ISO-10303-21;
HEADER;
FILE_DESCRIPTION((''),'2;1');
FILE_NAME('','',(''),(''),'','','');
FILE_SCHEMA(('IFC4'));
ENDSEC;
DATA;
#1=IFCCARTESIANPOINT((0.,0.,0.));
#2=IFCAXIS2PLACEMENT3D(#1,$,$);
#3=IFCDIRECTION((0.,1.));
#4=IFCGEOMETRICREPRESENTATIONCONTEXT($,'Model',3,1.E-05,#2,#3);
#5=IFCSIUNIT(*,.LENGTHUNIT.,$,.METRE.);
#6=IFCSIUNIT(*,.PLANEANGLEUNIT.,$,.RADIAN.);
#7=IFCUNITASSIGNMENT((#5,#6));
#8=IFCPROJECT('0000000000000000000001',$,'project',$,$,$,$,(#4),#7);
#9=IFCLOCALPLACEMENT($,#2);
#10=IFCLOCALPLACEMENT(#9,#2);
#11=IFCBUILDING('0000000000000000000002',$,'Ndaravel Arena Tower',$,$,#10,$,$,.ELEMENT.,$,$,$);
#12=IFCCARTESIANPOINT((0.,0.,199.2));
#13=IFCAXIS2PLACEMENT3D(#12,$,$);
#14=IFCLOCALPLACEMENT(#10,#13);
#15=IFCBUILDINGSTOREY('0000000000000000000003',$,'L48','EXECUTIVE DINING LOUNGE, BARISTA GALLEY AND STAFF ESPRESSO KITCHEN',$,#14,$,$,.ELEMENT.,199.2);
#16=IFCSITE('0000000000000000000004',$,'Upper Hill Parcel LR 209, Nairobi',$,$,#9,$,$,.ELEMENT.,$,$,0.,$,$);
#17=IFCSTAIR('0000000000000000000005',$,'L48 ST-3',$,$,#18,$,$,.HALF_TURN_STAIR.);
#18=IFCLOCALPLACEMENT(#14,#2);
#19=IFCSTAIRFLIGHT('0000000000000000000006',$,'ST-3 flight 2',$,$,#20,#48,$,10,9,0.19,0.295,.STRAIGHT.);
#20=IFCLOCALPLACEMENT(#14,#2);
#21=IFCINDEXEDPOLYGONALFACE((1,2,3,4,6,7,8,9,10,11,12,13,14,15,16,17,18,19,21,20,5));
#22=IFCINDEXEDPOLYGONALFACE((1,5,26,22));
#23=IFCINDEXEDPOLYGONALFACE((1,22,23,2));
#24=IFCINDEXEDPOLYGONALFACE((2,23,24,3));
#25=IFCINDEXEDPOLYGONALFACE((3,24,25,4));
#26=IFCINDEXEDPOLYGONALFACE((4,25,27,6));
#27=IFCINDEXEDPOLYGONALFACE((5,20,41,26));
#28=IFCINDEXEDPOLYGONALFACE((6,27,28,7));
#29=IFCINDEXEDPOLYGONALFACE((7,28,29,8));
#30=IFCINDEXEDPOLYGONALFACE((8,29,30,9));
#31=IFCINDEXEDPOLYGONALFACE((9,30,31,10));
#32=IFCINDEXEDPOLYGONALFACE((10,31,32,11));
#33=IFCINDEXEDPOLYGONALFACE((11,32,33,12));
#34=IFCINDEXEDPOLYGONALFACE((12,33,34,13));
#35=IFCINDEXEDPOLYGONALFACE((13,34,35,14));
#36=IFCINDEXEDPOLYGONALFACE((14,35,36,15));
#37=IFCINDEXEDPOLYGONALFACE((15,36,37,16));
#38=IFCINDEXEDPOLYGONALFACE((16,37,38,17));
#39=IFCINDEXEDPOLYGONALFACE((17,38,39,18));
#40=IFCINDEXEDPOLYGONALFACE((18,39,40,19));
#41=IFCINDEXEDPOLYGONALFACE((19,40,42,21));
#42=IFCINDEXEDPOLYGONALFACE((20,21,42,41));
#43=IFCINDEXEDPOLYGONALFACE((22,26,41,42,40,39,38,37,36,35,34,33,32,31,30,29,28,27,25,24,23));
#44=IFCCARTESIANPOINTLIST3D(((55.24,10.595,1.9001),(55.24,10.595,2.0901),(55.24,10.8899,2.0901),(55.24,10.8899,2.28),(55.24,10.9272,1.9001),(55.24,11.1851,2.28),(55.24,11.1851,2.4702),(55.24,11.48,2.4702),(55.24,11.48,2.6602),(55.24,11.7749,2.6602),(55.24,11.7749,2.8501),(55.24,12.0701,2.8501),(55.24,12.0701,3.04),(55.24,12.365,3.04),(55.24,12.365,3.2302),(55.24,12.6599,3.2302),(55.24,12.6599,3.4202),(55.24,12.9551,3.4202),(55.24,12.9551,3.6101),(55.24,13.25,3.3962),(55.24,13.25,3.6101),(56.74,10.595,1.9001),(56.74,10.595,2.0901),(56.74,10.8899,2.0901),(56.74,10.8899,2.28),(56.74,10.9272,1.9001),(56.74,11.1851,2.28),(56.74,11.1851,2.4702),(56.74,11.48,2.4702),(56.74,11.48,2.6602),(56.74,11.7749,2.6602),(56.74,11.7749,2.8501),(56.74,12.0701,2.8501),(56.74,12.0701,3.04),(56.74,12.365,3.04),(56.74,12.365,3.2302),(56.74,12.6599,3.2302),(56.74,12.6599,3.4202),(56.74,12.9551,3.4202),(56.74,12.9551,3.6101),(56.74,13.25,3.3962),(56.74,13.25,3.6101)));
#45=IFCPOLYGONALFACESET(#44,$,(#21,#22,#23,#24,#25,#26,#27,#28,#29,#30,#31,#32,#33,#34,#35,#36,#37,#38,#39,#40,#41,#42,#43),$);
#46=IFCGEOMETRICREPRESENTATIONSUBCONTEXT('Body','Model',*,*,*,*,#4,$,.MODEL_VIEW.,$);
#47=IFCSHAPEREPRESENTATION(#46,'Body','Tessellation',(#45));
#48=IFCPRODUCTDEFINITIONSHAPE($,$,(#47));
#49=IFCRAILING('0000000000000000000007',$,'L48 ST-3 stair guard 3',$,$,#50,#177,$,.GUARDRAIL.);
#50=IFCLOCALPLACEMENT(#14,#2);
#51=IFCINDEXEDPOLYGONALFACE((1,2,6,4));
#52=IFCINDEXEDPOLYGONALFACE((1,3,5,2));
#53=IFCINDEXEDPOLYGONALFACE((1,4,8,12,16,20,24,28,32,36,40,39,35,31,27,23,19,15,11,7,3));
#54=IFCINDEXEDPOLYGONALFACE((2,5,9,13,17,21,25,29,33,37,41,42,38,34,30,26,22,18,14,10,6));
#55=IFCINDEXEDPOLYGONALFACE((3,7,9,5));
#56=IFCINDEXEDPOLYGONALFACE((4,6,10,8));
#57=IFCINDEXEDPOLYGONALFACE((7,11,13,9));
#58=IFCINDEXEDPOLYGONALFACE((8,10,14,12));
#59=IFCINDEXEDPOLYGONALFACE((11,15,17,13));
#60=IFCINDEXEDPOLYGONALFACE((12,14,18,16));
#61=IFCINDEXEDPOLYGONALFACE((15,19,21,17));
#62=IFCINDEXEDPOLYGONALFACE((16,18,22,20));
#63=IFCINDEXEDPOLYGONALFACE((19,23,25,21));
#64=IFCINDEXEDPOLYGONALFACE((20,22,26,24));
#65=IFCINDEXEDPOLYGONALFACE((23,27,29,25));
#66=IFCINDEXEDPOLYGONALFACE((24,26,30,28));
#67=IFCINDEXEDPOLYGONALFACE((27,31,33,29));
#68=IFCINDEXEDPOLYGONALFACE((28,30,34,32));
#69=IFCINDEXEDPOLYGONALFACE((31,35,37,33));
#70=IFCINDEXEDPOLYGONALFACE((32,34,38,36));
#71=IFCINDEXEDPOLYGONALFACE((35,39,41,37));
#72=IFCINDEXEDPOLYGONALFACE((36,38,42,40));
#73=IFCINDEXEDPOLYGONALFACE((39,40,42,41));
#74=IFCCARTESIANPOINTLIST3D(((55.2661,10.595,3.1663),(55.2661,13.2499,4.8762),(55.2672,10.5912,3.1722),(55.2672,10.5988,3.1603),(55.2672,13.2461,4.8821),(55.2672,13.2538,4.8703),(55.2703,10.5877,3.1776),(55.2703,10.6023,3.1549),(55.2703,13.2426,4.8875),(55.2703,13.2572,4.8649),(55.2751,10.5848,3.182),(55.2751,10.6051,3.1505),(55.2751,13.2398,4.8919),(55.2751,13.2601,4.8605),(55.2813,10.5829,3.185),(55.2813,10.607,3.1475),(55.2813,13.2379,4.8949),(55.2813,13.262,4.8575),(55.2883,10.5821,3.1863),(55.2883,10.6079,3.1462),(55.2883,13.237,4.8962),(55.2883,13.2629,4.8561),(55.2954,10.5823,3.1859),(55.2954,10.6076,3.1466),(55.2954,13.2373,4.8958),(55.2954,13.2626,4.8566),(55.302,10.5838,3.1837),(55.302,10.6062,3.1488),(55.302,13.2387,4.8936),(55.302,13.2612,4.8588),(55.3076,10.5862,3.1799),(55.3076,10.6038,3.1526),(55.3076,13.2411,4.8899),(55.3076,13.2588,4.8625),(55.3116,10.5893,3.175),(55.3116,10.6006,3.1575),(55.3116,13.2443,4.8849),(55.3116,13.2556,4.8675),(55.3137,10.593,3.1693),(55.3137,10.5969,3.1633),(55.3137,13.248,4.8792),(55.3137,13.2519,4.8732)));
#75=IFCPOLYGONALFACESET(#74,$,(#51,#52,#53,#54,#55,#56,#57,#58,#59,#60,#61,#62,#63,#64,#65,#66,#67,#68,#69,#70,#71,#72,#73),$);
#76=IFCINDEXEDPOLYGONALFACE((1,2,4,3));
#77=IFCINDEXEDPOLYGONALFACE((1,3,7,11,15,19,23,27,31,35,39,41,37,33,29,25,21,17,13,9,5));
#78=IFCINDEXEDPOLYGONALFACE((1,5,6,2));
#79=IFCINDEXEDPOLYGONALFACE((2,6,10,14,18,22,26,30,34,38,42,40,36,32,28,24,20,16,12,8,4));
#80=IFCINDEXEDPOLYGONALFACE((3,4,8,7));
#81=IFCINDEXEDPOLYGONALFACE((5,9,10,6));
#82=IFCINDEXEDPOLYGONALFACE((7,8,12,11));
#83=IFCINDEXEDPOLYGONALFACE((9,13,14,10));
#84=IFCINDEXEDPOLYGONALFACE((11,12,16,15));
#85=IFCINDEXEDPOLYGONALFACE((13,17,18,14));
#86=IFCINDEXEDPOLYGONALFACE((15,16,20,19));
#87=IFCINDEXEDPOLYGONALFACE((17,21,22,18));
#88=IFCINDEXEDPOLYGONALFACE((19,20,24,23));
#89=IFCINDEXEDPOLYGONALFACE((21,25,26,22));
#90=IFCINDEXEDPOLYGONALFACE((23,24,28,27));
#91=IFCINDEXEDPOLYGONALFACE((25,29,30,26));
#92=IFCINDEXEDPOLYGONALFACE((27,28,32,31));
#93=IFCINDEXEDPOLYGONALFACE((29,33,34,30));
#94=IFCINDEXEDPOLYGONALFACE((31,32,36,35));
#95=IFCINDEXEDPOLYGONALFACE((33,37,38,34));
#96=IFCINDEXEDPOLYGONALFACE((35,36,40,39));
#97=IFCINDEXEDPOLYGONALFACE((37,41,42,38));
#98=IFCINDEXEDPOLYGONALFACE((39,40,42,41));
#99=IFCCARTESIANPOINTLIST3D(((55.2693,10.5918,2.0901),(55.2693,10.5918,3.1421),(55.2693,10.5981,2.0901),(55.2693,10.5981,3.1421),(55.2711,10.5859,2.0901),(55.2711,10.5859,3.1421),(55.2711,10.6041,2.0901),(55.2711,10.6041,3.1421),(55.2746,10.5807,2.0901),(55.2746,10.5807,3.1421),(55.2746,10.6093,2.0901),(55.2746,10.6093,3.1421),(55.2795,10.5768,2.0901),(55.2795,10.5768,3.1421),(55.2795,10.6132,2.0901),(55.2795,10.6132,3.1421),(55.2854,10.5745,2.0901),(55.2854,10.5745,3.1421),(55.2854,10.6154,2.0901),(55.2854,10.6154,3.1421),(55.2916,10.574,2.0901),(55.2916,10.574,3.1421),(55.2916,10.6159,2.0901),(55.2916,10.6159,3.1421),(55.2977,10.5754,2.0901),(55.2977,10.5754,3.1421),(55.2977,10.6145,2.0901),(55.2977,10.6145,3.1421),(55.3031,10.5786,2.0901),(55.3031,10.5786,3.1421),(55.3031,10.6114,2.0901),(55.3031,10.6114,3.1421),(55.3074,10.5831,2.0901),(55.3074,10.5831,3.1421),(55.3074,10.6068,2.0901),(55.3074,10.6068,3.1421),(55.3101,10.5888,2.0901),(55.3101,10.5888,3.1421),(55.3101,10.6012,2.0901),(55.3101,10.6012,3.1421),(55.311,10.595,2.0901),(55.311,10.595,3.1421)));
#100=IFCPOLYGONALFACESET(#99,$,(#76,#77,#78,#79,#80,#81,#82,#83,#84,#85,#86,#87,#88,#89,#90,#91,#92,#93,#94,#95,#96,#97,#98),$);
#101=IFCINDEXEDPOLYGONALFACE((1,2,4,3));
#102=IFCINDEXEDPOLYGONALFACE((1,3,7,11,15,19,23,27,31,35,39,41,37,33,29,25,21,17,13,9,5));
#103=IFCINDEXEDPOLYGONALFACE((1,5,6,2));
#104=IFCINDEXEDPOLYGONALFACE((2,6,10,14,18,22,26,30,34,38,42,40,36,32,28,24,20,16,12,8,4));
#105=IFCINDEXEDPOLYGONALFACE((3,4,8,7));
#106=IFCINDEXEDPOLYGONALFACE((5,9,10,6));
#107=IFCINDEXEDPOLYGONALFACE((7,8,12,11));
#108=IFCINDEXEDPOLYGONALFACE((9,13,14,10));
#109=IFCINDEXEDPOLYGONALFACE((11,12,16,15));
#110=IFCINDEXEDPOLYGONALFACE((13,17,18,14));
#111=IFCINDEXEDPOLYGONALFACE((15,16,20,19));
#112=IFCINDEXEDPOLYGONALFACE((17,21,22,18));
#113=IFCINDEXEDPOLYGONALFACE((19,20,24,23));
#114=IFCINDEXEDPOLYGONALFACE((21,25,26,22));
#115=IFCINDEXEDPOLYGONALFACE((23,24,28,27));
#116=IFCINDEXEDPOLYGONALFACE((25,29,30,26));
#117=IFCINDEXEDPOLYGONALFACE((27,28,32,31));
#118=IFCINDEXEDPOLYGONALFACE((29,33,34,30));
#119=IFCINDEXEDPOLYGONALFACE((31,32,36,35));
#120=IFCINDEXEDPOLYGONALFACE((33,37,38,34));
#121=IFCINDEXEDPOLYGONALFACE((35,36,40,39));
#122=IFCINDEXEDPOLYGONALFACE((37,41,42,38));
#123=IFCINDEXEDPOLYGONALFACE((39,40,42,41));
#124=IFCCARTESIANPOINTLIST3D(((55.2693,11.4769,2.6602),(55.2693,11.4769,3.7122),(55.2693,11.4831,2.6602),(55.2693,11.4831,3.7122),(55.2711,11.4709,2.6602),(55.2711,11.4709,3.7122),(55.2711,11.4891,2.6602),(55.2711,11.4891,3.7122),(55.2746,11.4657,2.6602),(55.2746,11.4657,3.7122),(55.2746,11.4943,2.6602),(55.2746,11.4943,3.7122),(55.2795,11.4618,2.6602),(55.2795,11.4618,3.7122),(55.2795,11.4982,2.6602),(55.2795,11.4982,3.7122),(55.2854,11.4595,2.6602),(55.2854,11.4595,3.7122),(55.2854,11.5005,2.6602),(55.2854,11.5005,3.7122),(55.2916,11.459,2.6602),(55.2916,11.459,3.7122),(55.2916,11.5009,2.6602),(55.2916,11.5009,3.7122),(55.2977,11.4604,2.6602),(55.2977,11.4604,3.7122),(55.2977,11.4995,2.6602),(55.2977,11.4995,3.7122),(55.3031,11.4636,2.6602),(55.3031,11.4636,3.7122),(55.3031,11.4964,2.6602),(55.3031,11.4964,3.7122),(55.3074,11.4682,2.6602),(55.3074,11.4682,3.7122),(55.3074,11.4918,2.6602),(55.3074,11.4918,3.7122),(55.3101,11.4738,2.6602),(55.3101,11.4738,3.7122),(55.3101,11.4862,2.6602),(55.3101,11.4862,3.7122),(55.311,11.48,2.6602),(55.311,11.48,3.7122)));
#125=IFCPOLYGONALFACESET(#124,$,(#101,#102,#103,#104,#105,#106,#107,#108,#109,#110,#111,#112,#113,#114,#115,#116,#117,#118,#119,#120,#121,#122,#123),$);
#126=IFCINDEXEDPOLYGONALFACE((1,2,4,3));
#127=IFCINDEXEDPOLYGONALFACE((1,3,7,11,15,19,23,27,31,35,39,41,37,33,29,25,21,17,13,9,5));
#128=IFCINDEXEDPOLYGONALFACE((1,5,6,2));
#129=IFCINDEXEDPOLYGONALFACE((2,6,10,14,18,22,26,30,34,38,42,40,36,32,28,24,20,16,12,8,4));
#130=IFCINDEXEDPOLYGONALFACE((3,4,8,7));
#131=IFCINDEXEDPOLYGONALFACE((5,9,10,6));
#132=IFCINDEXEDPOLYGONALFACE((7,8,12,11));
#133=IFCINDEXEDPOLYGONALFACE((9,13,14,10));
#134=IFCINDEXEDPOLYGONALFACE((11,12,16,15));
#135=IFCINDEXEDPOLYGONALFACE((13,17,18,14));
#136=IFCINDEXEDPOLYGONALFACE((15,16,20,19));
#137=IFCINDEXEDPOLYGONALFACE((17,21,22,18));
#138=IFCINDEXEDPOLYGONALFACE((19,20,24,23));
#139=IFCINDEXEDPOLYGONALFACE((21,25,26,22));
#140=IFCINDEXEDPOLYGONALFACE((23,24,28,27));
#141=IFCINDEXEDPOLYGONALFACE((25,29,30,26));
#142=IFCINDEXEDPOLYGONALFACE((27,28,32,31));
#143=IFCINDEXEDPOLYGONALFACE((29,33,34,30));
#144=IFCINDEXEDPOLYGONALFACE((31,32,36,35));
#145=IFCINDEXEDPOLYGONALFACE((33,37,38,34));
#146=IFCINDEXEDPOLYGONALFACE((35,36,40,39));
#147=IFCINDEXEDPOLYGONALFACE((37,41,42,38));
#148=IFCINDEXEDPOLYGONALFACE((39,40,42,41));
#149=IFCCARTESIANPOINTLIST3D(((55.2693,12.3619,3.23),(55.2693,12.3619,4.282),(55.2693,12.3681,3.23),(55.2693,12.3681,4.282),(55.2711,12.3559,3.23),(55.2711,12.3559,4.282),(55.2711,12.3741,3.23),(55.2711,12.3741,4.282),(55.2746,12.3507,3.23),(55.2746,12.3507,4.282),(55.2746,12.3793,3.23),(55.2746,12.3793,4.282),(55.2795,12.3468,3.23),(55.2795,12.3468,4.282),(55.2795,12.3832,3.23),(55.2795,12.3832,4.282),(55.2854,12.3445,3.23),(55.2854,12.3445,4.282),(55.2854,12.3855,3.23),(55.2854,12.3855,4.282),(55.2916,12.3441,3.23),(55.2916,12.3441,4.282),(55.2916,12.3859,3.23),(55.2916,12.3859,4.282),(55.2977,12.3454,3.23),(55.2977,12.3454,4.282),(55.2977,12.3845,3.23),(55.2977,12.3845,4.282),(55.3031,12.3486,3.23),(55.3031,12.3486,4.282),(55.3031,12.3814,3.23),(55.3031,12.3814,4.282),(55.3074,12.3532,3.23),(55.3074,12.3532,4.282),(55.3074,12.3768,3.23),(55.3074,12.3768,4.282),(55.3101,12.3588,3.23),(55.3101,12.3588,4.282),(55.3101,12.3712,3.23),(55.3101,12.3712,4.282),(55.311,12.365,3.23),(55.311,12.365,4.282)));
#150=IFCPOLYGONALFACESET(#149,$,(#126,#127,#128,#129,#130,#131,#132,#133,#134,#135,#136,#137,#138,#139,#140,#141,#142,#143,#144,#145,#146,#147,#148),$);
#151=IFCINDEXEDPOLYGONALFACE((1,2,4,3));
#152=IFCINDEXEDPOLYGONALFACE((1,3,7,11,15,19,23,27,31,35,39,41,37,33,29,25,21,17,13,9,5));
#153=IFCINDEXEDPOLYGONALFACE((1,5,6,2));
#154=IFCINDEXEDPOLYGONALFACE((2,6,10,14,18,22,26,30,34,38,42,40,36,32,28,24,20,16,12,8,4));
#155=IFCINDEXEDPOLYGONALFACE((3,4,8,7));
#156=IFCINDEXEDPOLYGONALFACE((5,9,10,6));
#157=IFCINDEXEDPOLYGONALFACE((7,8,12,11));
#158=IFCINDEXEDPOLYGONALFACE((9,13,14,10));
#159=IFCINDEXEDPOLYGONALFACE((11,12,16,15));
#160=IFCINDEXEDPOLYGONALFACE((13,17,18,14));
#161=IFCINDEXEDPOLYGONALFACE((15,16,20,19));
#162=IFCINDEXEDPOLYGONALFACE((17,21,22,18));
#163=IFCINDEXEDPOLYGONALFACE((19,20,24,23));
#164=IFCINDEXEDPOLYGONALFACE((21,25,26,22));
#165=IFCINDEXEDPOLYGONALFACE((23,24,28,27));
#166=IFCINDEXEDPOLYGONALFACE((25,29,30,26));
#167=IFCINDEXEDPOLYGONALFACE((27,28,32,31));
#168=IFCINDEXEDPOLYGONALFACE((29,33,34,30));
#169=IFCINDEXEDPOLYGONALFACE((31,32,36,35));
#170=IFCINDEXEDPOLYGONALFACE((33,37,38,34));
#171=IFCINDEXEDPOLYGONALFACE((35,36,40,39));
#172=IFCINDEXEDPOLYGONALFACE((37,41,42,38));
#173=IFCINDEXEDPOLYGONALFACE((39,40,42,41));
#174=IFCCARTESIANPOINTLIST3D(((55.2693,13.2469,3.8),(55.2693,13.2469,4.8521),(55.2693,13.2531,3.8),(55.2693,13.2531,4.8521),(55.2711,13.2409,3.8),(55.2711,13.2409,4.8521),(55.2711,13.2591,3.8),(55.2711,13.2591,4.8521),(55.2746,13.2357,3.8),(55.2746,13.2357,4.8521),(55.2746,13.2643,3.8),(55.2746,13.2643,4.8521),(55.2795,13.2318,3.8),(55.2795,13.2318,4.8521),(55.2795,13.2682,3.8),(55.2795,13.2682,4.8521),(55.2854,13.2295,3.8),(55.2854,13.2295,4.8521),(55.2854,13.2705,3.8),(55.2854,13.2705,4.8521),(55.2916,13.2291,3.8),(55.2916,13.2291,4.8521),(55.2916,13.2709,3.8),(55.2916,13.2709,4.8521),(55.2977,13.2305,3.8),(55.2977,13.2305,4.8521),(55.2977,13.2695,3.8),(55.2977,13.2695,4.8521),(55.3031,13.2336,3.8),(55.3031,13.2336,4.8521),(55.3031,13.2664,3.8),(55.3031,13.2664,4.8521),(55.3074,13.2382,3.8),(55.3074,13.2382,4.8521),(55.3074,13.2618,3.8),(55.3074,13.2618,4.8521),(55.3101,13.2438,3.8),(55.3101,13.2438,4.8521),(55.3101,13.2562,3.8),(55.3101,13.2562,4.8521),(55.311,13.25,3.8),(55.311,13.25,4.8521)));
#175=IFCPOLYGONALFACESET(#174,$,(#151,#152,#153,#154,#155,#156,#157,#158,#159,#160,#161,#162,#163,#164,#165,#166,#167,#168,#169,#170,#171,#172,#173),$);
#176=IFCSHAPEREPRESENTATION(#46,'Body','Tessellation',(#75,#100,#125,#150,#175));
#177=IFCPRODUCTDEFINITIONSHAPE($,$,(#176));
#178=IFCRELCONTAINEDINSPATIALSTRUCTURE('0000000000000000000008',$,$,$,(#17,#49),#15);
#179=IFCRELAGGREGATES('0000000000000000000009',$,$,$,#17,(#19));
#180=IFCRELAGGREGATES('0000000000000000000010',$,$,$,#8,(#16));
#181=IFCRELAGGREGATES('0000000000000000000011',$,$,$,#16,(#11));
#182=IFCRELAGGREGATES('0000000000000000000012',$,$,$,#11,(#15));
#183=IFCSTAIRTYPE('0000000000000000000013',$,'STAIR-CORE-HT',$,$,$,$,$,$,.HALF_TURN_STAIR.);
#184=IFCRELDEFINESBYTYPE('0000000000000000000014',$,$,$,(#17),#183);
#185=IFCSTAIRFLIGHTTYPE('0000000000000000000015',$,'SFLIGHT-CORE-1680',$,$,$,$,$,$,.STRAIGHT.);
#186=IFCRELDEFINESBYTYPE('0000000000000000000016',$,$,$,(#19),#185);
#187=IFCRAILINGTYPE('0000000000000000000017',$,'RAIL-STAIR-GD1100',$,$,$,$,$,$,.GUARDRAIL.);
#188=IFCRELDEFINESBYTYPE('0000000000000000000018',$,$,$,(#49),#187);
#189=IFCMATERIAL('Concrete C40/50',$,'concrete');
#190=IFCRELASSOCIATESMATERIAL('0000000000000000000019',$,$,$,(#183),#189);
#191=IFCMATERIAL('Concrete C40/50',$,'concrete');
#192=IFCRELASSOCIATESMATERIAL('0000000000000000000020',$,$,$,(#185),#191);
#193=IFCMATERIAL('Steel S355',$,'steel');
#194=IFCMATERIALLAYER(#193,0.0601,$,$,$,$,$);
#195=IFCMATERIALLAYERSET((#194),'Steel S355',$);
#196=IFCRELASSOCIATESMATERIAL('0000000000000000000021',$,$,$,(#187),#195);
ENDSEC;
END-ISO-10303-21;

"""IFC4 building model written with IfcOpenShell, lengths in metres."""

from ifc_helpers import new_model, si_unit, direction, frame, origin, origin_2d, place, context, subcontext, project, spatial, polyline, circle, outline, extrude, material, layer, layer_set, type_object, element, aggregate, save


model = new_model("IFC4")

# Units and contexts
model_context = context("Model", 3, precision=1e-05, world=origin(), true_north=direction((0.0, 1.0)))
body_context = subcontext(model_context, "Body", "Model", "MODEL_VIEW")
ifc_project = project(units=[si_unit("LENGTHUNIT", "METRE"), si_unit("PLANEANGLEUNIT", "RADIAN")], contexts=[model_context])

# Site, building, storey
site_placement = place(None, origin())
site = spatial("IfcSite", under=ifc_project, at=site_placement, Name="Upper Hill Parcel LR 209, Nairobi", CompositionType="ELEMENT", RefElevation=0.0)
building_placement = place(site_placement, origin())
building = spatial("IfcBuilding", under=site, at=building_placement, Name="Ndaravel Arena Tower", CompositionType="ELEMENT")
storey_placement = place(building_placement, frame((0.0, 0.0, 199.2)))
storey = spatial("IfcBuildingStorey", under=building, at=storey_placement, Name="L48", Description="EXECUTIVE DINING LOUNGE, BARISTA GALLEY AND STAFF ESPRESSO KITCHEN", CompositionType="ELEMENT", Elevation=199.2)

# Stair, stair flight
ifc_material_1 = material(Name="Concrete C40/50", Category="concrete")
stair_type = type_object("IfcStairType", Name="STAIR-CORE-HT", PredefinedType="HALF_TURN_STAIR", material=ifc_material_1)
stair_placement = place(storey_placement, origin())
stair = element("IfcStair", 1, at=stair_placement, inside=storey, type_object=stair_type, Name="L48 ST-3", PredefinedType="HALF_TURN_STAIR")
ifc_material_2 = material(Name="Concrete C40/50", Category="concrete")
stair_flight_type = type_object("IfcStairFlightType", Name="SFLIGHT-CORE-1680", PredefinedType="STRAIGHT", material=ifc_material_2)
stair_flight_placement = place(storey_placement, frame((55.99, 10.595, 1.9001), z_axis=(0.0, 0.0, 1.0), x_axis=(0.0, 1.0, 0.0)))
stair_flight = element("IfcStairFlight", 2, at=stair_flight_placement, type_object=stair_flight_type, Name="ST-3 flight 2", NumberOfRisers=10, NumberOfTreads=9, PredefinedType="STRAIGHT", RiserHeight=0.19, TreadLength=0.295, context=body_context, shape_type="SweptSolid", body=[
    extrude(outline(polyline([(0.0, 0.0), (0.0, 0.1899), (0.2949, 0.1899), (0.2949, 0.3799), (0.5901, 0.3799), (0.5901, 0.5701), (0.885, 0.5701), (0.885, 0.76), (1.1799, 0.76), (1.1799, 0.95), (1.4751, 0.95), (1.4751, 1.1399), (1.77, 1.1399), (1.77, 1.3301), (2.0649, 1.3301), (2.0649, 1.52), (2.3601, 1.52), (2.3601, 1.71), (2.655, 1.71), (2.655, 1.8999), (2.655, 1.4961), (0.3323, 0.0), (0.0, 0.0)])), frame((0.0, 0.75, 0.0), z_axis=(0.0, -1.0, 0.0), x_axis=(1.0, 0.0, 0.0)), (0.0, 0.0, 1.0), 1.5),
])
aggregate(stair, [stair_flight])

# Railing
ifc_material_3 = material(Name="Steel S355", Category="steel")
ifc_layer_1 = layer(ifc_material_3, 0.0601)
ifc_layer_set_1 = layer_set([ifc_layer_1], Name="Steel S355")
railing_type_1 = type_object("IfcRailingType", Name="RAIL-STAIR-GD1100", PredefinedType="GUARDRAIL", material=ifc_layer_set_1)
railing_1_placement = place(storey_placement, frame((55.29, 10.595, 2.0901)))
element("IfcRailing", 3, at=railing_1_placement, inside=storey, type_object=railing_type_1, Name="L48 ST-3 stair guard 3", PredefinedType="GUARDRAIL", context=body_context, shape_type="SweptSolid", body=[
    extrude(circle(Radius=0.0239, at=origin_2d()), frame((0.0, 0.0, 1.0762), z_axis=(0.0, 0.840724, 0.541465), x_axis=(-1.0, 0.0, 0.0)), (0.0, 0.0, 1.0), 3.158),
    extrude(circle(Radius=0.021, at=origin_2d()), origin(), (0.0, 0.0, 1.0), 1.052),
    extrude(circle(Radius=0.021, at=origin_2d()), frame((0.0, 0.885, 0.5701)), (0.0, 0.0, 1.0), 1.052),
    extrude(circle(Radius=0.021, at=origin_2d()), frame((0.0, 1.77, 1.1399)), (0.0, 0.0, 1.0), 1.052),
    extrude(circle(Radius=0.021, at=origin_2d()), frame((0.0, 2.655, 1.71)), (0.0, 0.0, 1.0), 1.052),
])

save(model, "model.ifc")
